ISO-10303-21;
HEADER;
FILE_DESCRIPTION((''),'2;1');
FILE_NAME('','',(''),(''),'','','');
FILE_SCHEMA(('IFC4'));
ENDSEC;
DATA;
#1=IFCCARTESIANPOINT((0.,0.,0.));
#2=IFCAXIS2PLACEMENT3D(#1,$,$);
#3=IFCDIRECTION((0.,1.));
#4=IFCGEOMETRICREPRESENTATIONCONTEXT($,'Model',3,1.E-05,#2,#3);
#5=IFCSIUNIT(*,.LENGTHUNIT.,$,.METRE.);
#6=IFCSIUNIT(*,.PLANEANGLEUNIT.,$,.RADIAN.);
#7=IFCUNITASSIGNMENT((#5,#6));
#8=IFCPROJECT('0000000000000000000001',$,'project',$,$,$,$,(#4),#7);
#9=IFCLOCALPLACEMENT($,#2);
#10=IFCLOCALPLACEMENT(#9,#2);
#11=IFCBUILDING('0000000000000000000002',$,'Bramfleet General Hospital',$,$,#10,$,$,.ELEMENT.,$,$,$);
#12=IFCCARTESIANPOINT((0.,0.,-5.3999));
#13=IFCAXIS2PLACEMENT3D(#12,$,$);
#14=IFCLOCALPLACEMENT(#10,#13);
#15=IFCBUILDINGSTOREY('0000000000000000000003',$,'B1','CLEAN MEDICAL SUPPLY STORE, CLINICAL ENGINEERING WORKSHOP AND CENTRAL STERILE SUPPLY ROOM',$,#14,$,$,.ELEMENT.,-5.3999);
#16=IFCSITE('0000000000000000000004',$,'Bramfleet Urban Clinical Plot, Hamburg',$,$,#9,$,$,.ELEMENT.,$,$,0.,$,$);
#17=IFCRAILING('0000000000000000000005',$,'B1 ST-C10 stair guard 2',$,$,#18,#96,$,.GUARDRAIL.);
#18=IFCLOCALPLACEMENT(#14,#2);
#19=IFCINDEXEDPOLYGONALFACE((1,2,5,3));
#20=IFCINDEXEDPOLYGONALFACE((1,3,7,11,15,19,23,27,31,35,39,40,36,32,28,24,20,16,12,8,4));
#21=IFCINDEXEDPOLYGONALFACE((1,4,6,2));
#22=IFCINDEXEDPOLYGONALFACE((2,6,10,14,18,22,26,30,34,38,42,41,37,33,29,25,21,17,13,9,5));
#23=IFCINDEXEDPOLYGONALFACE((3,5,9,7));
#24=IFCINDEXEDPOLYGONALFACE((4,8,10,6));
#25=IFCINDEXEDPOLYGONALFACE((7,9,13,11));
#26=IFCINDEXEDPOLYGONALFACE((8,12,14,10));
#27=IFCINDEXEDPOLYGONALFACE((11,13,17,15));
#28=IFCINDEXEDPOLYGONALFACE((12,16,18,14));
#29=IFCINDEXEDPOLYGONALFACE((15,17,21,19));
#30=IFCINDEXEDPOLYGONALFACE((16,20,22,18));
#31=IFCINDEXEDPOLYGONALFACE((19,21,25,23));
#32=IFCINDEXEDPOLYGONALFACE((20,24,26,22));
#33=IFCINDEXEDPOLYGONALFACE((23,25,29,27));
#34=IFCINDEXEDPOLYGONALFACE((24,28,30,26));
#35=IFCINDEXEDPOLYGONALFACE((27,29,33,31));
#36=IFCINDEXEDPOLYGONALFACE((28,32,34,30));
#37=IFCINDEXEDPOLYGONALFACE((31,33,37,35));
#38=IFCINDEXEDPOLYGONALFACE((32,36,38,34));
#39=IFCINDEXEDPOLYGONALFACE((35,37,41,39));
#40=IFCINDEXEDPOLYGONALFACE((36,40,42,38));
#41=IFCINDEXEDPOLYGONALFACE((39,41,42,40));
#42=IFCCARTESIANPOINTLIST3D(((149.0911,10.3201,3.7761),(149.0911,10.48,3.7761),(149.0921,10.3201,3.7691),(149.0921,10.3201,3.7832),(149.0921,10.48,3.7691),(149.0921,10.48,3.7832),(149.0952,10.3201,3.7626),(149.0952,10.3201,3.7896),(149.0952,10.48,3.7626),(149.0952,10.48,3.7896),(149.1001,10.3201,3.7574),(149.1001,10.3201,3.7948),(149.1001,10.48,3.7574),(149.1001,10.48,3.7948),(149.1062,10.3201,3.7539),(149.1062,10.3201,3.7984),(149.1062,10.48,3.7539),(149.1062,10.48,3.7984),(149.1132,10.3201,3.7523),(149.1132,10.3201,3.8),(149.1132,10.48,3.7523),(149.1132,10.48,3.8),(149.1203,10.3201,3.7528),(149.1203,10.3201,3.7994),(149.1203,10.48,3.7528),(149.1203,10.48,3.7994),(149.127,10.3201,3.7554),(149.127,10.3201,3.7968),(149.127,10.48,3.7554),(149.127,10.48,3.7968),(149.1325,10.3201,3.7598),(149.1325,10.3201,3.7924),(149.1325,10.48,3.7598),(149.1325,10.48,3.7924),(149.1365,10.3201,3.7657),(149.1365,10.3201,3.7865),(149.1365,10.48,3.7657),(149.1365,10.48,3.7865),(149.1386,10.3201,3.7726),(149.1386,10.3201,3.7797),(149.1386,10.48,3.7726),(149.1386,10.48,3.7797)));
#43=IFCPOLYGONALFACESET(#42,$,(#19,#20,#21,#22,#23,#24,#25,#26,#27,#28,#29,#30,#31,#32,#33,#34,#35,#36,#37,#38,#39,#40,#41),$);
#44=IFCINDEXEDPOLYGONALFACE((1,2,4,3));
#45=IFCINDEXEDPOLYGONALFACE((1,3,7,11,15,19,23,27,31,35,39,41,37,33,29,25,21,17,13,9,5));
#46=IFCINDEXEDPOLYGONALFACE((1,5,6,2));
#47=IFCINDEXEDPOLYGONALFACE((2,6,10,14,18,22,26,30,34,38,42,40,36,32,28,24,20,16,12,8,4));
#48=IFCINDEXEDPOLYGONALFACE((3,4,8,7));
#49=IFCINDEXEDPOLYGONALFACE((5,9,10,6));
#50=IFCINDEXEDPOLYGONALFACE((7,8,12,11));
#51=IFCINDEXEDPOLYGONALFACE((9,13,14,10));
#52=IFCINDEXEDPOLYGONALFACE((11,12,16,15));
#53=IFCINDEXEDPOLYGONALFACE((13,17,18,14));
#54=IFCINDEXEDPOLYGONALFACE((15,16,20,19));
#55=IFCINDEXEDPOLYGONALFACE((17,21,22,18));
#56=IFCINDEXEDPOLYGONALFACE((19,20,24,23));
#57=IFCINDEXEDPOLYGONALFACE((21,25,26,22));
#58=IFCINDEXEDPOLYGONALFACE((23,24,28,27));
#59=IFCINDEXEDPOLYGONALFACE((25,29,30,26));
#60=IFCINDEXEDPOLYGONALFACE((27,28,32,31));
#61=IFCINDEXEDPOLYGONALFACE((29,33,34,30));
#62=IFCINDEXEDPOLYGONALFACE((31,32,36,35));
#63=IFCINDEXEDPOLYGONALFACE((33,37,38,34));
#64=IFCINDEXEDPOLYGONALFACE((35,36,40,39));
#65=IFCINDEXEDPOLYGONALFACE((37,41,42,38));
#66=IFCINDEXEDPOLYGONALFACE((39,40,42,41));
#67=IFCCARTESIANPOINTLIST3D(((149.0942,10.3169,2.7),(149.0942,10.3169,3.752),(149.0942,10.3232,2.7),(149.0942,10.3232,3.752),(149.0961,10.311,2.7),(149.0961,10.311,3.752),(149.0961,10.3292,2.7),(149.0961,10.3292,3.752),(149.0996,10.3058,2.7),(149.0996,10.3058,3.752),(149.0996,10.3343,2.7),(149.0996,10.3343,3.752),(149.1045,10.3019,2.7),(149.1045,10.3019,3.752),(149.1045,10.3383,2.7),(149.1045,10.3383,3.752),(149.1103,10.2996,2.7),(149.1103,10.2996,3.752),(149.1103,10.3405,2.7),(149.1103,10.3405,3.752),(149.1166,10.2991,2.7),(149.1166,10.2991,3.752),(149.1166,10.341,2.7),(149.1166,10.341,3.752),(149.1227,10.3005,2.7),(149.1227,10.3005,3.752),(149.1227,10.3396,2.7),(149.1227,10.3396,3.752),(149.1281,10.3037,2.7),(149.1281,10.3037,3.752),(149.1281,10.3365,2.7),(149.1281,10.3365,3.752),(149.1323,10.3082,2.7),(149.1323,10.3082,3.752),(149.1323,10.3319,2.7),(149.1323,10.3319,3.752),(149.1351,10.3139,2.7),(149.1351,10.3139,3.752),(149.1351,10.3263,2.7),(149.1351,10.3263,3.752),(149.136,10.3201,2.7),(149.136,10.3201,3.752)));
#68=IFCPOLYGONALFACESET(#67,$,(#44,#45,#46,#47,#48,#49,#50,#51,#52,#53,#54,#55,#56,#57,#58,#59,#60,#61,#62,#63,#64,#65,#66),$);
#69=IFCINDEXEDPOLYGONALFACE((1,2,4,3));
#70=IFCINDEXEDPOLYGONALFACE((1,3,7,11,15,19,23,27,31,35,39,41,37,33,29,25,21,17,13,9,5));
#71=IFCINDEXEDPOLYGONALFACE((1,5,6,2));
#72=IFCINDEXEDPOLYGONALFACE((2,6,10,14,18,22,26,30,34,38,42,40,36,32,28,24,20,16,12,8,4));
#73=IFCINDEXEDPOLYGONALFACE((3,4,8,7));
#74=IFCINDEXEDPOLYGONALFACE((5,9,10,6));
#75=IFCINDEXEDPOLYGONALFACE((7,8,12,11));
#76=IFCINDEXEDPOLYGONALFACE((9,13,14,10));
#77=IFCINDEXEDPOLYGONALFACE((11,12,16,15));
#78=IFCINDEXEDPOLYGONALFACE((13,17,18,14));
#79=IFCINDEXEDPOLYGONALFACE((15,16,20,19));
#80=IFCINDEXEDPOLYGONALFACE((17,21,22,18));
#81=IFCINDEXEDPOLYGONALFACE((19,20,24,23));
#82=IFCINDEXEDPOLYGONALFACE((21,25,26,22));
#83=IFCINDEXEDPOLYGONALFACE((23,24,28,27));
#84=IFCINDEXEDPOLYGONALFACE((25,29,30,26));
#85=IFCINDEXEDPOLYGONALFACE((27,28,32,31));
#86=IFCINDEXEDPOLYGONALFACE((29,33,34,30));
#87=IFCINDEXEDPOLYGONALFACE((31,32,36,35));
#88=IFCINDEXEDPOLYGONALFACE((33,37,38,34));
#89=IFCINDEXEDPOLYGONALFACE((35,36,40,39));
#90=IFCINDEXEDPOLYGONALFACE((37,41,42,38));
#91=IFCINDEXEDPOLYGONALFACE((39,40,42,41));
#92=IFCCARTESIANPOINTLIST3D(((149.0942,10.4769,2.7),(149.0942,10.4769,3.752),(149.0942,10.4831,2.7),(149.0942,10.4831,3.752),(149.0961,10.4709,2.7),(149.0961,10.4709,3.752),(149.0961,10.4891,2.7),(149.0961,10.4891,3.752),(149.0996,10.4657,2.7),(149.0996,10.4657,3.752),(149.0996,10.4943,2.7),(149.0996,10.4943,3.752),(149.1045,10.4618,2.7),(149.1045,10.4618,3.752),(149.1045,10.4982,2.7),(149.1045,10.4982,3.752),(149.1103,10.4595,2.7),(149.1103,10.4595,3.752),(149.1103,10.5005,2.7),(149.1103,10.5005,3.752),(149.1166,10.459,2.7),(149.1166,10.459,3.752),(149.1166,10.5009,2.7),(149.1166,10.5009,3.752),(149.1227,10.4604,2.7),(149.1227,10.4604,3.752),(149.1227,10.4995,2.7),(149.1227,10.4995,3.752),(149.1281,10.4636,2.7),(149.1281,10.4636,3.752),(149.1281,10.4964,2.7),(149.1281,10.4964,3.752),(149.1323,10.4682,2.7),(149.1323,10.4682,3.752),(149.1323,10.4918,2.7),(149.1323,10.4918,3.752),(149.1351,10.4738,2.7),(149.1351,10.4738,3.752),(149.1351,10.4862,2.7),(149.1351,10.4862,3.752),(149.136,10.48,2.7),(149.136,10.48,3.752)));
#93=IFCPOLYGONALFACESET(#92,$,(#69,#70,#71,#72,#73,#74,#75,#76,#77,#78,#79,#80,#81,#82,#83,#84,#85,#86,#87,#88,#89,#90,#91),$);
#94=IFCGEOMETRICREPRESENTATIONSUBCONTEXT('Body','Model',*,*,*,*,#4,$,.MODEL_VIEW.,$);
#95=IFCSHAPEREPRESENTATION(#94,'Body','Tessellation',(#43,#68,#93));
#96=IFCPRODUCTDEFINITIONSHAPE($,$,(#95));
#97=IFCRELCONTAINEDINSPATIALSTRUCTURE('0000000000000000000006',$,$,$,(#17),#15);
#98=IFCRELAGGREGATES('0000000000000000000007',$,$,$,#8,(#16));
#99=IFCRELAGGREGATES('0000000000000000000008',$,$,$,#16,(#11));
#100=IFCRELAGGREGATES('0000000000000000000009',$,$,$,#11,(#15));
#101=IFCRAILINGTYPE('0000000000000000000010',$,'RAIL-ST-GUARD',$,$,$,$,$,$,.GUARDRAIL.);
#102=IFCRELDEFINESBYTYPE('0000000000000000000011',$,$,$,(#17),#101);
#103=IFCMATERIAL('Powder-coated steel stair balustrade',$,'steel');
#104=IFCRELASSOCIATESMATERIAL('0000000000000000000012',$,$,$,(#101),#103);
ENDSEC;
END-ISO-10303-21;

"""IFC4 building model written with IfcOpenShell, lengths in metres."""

from ifc_helpers import new_model, si_unit, direction, frame, origin, origin_2d, place, context, subcontext, project, spatial, circle, extrude, material, type_object, element, save


model = new_model("IFC4")

# Units and contexts
model_context = context("Model", 3, precision=1e-05, world=origin(), true_north=direction((0.0, 1.0)))
body_context = subcontext(model_context, "Body", "Model", "MODEL_VIEW")
ifc_project = project(units=[si_unit("LENGTHUNIT", "METRE"), si_unit("PLANEANGLEUNIT", "RADIAN")], contexts=[model_context])

# Site, building, storey
site_placement = place(None, origin())
site = spatial("IfcSite", under=ifc_project, at=site_placement, Name="Bramfleet Urban Clinical Plot, Hamburg", CompositionType="ELEMENT", RefElevation=0.0)
building_placement = place(site_placement, origin())
building = spatial("IfcBuilding", under=site, at=building_placement, Name="Bramfleet General Hospital", CompositionType="ELEMENT")
storey_placement = place(building_placement, frame((0.0, 0.0, -5.3999)))
storey = spatial("IfcBuildingStorey", under=building, at=storey_placement, Name="B1", Description="CLEAN MEDICAL SUPPLY STORE, CLINICAL ENGINEERING WORKSHOP AND CENTRAL STERILE SUPPLY ROOM", CompositionType="ELEMENT", Elevation=-5.3999)

# Railing
ifc_material_1 = material(Name="Powder-coated steel stair balustrade", Category="steel")
railing_type_1 = type_object("IfcRailingType", Name="RAIL-ST-GUARD", PredefinedType="GUARDRAIL", material=ifc_material_1)
railing_1_placement = place(storey_placement, frame((149.115, 10.3201, 2.7)))
element("IfcRailing", 1, at=railing_1_placement, inside=storey, type_object=railing_type_1, Name="B1 ST-C10 stair guard 2", PredefinedType="GUARDRAIL", context=body_context, shape_type="SweptSolid", body=[
    extrude(circle(Radius=0.0239, at=origin_2d()), frame((0.0, 0.0, 1.0762), z_axis=(0.0, 1.0, 0.0), x_axis=(-1.0, 0.0, 0.0)), (0.0, 0.0, 1.0), 0.1599),
    extrude(circle(Radius=0.021, at=origin_2d()), origin(), (0.0, 0.0, 1.0), 1.052),
    extrude(circle(Radius=0.021, at=origin_2d()), frame((0.0, 0.1599, 0.0)), (0.0, 0.0, 1.0), 1.052),
])

save(model, "model.ifc")
